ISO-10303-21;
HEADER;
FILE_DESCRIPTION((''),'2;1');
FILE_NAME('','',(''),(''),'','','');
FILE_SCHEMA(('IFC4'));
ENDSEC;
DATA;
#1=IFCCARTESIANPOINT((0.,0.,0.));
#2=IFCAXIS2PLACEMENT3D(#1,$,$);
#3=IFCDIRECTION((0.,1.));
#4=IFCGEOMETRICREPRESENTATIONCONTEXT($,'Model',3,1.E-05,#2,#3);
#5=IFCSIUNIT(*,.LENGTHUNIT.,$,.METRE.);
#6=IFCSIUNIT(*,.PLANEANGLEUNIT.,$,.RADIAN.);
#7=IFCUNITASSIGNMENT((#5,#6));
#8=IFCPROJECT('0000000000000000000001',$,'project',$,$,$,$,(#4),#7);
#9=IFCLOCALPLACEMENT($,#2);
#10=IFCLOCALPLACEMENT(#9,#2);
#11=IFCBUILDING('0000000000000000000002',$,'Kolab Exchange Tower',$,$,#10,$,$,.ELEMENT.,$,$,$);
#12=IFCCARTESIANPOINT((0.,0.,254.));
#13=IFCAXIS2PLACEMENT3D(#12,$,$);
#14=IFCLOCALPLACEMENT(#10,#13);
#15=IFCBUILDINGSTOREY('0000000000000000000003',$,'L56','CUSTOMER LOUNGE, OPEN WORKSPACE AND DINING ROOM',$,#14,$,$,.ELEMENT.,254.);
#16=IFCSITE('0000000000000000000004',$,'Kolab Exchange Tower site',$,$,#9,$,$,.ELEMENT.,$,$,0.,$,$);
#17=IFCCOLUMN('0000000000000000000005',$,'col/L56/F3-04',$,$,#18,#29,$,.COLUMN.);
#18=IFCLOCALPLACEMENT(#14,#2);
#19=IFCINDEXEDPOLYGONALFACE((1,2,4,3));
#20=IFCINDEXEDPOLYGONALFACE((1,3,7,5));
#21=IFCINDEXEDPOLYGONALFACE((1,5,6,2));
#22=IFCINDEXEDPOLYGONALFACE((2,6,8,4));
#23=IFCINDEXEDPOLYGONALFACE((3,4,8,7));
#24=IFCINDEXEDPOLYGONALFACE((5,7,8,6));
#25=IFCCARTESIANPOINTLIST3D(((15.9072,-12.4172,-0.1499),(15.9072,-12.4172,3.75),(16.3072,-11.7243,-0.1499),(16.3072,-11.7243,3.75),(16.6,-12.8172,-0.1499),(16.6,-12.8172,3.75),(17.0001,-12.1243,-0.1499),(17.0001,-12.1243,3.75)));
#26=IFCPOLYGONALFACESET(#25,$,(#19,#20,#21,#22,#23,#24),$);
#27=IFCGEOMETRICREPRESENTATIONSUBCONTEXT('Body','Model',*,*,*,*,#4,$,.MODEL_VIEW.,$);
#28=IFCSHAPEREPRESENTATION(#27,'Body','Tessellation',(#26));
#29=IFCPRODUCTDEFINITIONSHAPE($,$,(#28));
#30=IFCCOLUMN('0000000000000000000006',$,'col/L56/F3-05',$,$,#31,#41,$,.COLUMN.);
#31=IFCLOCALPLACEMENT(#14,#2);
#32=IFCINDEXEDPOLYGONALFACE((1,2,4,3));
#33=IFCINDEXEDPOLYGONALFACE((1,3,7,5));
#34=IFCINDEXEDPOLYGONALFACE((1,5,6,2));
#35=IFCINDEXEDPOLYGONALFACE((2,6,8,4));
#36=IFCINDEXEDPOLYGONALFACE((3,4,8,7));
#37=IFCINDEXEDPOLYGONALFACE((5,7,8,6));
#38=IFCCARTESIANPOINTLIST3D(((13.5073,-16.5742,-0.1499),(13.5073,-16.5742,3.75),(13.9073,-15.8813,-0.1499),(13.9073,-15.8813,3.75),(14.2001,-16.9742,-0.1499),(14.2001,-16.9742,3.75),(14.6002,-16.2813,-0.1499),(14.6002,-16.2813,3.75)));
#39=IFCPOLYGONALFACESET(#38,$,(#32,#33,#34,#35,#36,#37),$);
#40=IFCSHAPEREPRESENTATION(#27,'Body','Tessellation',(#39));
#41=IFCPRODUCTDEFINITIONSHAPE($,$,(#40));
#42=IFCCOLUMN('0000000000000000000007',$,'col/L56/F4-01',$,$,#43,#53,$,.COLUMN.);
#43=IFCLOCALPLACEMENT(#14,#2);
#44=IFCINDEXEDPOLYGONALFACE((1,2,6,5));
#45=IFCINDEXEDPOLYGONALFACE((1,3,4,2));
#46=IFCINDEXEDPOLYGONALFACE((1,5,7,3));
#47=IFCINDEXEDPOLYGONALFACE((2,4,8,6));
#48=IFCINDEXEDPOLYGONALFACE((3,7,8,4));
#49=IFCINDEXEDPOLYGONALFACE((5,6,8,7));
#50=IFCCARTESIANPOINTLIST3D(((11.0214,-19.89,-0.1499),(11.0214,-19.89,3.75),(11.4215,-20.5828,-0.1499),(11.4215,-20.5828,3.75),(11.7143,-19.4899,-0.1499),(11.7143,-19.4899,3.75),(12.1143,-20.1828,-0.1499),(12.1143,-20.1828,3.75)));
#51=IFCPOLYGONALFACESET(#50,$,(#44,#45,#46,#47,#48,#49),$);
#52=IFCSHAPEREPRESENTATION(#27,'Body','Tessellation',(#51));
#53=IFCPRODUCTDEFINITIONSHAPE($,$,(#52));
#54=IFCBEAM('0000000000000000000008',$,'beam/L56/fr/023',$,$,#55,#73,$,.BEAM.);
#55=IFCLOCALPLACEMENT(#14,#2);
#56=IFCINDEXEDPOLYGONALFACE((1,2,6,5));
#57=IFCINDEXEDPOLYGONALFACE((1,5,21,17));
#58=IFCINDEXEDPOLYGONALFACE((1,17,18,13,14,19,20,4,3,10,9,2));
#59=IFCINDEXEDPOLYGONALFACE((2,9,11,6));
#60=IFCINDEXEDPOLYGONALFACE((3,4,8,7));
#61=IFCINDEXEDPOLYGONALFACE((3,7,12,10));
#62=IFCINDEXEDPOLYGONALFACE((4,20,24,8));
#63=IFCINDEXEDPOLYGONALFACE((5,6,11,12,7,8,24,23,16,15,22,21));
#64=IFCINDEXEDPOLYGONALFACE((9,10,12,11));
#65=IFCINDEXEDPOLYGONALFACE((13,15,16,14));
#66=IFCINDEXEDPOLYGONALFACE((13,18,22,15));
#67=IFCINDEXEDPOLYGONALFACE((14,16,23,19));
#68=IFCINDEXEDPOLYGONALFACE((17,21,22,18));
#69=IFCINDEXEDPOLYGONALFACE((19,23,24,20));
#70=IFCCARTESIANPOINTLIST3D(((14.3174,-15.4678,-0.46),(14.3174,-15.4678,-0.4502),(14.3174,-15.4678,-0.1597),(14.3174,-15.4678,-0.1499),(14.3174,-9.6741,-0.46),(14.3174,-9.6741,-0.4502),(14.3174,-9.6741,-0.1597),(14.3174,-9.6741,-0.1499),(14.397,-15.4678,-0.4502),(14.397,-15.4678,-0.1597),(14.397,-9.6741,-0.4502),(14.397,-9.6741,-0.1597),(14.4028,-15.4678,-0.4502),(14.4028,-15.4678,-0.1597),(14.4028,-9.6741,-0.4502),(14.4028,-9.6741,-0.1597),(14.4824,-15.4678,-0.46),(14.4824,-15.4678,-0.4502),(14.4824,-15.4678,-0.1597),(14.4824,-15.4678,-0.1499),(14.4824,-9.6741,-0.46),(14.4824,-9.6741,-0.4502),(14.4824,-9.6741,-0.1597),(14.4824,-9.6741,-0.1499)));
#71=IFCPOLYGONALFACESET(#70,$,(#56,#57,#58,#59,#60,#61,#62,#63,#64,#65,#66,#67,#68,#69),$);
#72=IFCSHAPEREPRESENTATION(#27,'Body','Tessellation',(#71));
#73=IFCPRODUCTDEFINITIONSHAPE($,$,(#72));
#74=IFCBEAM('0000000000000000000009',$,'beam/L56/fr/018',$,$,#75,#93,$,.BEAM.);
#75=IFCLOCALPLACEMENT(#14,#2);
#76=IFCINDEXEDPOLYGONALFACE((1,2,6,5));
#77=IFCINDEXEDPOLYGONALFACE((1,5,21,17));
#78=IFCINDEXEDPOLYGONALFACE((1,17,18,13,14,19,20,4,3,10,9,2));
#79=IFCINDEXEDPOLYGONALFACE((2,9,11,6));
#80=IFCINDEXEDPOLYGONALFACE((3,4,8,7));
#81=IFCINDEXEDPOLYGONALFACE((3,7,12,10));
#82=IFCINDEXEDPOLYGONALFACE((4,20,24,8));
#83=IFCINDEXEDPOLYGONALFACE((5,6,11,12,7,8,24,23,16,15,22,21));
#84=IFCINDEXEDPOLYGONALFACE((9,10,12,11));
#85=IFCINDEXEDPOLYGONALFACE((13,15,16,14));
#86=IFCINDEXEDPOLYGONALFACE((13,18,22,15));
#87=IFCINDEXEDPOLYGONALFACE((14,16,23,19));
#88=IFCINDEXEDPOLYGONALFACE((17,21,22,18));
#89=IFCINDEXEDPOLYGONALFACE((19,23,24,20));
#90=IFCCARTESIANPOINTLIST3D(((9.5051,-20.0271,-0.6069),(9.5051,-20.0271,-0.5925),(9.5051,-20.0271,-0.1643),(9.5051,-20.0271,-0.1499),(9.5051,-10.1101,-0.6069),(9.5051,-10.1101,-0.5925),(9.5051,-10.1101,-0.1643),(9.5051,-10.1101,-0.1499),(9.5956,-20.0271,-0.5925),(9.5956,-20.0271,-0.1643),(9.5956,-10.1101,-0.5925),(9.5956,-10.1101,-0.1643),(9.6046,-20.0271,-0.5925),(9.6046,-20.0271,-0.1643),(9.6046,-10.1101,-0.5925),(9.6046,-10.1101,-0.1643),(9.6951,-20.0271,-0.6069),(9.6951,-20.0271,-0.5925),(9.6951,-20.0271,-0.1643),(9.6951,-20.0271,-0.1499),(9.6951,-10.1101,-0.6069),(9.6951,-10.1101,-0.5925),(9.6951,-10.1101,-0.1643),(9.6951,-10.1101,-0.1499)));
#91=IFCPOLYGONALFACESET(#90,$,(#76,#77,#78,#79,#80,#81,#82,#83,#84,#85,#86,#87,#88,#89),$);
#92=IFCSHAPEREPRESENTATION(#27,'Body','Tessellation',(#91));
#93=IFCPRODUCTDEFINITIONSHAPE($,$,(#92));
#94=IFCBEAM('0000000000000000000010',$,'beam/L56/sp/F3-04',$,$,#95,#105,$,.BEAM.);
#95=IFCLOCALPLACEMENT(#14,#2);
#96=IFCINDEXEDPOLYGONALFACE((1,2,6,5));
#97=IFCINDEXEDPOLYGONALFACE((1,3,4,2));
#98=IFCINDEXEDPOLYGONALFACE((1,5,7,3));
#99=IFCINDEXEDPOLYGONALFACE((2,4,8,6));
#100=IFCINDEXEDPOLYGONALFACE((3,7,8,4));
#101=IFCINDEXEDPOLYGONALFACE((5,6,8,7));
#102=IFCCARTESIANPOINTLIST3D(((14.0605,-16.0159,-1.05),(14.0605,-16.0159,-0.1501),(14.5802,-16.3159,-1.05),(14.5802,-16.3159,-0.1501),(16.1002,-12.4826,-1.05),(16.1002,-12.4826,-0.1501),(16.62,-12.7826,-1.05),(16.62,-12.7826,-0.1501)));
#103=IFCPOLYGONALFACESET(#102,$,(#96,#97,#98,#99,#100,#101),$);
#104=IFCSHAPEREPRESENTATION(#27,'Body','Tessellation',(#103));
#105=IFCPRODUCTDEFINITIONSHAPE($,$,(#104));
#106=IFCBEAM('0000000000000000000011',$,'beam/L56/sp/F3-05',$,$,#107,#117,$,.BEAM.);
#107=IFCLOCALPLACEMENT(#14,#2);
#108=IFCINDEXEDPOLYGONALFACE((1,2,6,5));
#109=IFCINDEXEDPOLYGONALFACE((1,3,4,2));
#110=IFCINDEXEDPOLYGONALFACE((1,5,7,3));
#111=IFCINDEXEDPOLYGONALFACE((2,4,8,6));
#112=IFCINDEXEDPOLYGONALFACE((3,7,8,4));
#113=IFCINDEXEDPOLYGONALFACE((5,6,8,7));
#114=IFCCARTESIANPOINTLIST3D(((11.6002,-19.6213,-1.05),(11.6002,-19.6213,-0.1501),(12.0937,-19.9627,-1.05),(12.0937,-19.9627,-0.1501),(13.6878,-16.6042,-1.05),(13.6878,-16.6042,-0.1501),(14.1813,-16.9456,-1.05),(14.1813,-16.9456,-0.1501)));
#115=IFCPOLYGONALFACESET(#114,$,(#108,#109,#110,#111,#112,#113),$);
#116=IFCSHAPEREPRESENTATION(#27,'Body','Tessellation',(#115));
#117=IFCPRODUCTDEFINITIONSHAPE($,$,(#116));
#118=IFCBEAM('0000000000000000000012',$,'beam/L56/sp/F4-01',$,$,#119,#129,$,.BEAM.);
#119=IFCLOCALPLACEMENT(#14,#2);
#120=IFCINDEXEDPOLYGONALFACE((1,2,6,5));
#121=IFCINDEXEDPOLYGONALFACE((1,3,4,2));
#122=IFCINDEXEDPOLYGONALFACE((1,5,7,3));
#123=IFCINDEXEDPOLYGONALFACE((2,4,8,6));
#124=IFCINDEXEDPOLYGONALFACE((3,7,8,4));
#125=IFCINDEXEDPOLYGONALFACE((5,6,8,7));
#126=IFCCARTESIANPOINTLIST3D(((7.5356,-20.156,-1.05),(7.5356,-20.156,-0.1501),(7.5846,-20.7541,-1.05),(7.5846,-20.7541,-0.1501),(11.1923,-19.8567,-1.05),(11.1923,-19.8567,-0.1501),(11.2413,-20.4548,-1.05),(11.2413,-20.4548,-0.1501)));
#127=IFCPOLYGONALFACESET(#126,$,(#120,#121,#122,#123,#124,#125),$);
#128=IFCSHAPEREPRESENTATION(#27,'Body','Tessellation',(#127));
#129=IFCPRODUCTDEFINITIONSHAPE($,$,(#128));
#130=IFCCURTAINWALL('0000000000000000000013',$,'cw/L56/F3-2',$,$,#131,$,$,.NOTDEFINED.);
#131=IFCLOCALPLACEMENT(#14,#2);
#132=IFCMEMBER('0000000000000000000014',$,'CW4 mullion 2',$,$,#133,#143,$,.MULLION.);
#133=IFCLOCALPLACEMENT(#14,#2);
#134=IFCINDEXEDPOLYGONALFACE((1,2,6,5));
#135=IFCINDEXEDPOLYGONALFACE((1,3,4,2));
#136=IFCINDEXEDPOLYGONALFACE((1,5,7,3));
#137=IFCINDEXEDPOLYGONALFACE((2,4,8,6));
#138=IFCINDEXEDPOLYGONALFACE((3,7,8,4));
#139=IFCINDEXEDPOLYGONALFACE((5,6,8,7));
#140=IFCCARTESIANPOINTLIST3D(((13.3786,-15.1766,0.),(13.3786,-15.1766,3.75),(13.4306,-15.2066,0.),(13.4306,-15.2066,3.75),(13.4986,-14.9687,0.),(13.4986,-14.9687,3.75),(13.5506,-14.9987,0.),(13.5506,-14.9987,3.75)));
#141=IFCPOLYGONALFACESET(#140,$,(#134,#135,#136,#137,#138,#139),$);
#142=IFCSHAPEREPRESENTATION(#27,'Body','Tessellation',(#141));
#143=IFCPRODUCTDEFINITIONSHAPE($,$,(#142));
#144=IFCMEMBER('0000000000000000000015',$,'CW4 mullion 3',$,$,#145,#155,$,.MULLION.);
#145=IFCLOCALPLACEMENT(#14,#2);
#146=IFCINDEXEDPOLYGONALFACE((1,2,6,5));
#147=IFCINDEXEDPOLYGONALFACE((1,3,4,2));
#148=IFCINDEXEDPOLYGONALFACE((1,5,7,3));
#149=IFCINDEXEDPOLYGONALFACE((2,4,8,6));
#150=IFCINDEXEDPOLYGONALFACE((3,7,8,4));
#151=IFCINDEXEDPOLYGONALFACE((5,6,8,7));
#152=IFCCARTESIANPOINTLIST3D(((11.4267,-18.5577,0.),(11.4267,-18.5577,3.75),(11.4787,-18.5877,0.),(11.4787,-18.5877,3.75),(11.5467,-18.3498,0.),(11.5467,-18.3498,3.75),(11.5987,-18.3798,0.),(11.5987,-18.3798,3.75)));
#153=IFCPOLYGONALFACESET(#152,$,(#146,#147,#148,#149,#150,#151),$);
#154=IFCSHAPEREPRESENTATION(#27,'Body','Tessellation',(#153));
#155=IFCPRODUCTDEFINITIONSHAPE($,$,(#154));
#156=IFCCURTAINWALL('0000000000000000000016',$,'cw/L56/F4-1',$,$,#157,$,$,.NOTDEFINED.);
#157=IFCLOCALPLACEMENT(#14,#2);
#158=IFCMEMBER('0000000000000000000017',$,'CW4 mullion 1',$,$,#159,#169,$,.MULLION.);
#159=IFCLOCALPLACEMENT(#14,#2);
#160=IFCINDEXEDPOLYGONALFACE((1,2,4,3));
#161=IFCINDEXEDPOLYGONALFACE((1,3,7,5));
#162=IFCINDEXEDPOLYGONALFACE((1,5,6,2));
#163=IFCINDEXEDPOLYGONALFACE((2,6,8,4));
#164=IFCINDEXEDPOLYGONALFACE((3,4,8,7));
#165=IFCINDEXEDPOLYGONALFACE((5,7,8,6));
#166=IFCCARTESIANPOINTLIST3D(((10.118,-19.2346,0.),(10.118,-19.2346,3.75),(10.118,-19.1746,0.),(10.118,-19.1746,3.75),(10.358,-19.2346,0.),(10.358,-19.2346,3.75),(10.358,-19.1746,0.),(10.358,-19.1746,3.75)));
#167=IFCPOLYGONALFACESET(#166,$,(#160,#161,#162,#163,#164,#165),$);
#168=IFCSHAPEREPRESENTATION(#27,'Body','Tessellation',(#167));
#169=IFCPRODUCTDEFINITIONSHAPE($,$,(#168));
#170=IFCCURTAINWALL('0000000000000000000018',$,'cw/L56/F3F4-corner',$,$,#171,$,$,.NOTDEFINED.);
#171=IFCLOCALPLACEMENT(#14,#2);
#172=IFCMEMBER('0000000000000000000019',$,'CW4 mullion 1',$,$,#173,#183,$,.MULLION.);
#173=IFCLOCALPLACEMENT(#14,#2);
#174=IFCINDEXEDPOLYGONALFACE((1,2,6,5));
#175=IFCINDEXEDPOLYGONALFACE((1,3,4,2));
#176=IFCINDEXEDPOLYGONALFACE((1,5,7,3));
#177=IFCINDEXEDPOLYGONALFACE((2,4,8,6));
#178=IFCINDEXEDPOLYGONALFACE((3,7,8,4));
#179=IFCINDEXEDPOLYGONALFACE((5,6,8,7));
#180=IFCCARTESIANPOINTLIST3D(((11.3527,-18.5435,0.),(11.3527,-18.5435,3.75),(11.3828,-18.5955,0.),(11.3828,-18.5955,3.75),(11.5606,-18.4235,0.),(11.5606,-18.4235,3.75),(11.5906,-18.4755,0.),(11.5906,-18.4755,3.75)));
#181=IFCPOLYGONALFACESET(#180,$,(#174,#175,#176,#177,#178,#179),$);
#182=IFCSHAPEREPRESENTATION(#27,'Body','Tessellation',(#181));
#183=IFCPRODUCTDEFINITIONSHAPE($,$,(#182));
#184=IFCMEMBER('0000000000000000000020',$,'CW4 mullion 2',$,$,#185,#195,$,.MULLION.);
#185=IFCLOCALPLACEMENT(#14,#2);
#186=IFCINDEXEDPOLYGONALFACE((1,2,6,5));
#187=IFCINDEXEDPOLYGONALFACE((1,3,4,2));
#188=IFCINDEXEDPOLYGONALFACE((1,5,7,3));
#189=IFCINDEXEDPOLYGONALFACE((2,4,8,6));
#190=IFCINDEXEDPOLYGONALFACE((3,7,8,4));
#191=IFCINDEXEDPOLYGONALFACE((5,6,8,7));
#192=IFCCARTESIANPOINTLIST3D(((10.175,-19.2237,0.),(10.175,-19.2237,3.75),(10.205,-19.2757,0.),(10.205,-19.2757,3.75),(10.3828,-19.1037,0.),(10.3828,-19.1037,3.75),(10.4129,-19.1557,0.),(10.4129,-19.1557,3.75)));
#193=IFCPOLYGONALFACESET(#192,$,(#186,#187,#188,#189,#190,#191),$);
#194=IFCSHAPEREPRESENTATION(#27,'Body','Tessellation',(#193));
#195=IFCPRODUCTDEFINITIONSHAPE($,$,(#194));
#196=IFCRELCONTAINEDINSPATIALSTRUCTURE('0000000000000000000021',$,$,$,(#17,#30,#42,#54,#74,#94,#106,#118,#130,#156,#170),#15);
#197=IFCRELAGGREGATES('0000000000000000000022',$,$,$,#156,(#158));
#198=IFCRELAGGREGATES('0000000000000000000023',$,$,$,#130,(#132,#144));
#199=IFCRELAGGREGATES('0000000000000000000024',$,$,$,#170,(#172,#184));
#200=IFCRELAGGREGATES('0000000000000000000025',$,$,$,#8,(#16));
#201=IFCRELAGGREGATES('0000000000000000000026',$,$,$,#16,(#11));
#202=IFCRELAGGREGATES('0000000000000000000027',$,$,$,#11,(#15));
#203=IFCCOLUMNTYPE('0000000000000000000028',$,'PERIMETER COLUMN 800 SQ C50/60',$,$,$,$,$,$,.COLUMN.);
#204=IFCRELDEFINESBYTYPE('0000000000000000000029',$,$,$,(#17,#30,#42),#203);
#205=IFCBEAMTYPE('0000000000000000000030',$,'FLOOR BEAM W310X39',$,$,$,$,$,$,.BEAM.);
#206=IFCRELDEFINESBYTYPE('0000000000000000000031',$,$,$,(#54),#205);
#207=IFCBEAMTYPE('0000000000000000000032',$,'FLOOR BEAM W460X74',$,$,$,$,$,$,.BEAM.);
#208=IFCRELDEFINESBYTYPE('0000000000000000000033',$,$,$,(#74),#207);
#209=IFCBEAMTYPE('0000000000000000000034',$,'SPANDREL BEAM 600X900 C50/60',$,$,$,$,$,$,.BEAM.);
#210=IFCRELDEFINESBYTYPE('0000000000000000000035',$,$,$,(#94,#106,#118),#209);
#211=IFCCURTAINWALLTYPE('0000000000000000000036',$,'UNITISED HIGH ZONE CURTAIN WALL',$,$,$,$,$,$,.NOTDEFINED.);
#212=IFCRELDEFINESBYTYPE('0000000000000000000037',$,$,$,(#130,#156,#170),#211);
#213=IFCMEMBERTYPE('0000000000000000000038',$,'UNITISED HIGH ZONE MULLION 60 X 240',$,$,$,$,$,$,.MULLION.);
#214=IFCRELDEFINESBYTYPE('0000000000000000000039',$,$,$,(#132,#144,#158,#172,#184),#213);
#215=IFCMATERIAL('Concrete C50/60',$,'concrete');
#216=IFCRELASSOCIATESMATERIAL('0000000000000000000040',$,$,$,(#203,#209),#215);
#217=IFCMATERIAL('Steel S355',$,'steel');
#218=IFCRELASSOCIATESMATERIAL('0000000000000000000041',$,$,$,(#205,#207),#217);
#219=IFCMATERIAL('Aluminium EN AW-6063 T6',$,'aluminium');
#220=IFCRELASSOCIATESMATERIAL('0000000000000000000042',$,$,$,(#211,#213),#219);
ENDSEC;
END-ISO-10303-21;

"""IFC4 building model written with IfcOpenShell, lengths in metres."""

from ifc_helpers import new_model, si_unit, direction, frame, origin, origin_2d, place, context, subcontext, project, spatial, rectangle, i_section, extrude, material, material_profile, profile_set, type_object, element, aggregate, save


model = new_model("IFC4")

# Units and contexts
model_context = context("Model", 3, precision=1e-05, world=origin(), true_north=direction((0.0, 1.0)))
body_context = subcontext(model_context, "Body", "Model", "MODEL_VIEW")
ifc_project = project(units=[si_unit("LENGTHUNIT", "METRE"), si_unit("PLANEANGLEUNIT", "RADIAN")], contexts=[model_context])

# Site, building, storey
site_placement = place(None, origin())
site = spatial("IfcSite", under=ifc_project, at=site_placement, Name="Kolab Exchange Tower site", CompositionType="ELEMENT", RefElevation=0.0)
building_placement = place(site_placement, origin())
building = spatial("IfcBuilding", under=site, at=building_placement, Name="Kolab Exchange Tower", CompositionType="ELEMENT")
storey_placement = place(building_placement, frame((0.0, 0.0, 254.0)))
storey = spatial("IfcBuildingStorey", under=building, at=storey_placement, Name="L56", Description="CUSTOMER LOUNGE, OPEN WORKSPACE AND DINING ROOM", CompositionType="ELEMENT", Elevation=254.0)

# Columns
ifc_material_1 = material(Name="Concrete C50/60", Category="concrete")
ifc_material_profile_1 = material_profile(ifc_material_1, rectangle(XDim=0.8, YDim=0.8, at=origin_2d()), Name="RC800")
ifc_profile_set_1 = profile_set([ifc_material_profile_1], Name="Concrete C50/60")
column_type = type_object("IfcColumnType", Name="PERIMETER COLUMN 800 SQ C50/60", PredefinedType="COLUMN", material=ifc_profile_set_1)
for number, where, z_axis, x_axis, name in (
    (1, (16.4536, -12.2708, -0.1499), (0.0, 0.0, 1.0), (0.5, 0.866025, 0.0), "col/L56/F3-04"),
    (2, (14.0537, -16.4277, -0.1499), (0.0, 0.0, 1.0), (0.5, 0.866025, 0.0), "col/L56/F3-05"),
    (3, (11.5679, -20.0364, -0.1499), (0.0, 0.0, 1.0), (0.866025, 0.5, 0.0), "col/L56/F4-01"),
):
    element("IfcColumn", number, at=place(storey_placement, frame(where, z_axis=z_axis, x_axis=x_axis)), inside=storey, type_object=column_type, Name=name, PredefinedType="COLUMN", context=body_context, shape_type="SweptSolid", body=[
        extrude(rectangle(XDim=0.8, YDim=0.8, at=origin_2d()), origin(), (0.0, 0.0, 1.0), 3.8999),
    ])

# Beams
ifc_material_2 = material(Name="Steel S355", Category="steel")
ifc_material_profile_2 = material_profile(ifc_material_2, i_section(OverallWidth=0.165, OverallDepth=0.3101, WebThickness=0.0059, FlangeThickness=0.0098, at=origin_2d()), Name="W310X39")
ifc_profile_set_2 = profile_set([ifc_material_profile_2], Name="Steel S355")
beam_type_1 = type_object("IfcBeamType", Name="FLOOR BEAM W310X39", PredefinedType="BEAM", material=ifc_profile_set_2)
beam_1_placement = place(storey_placement, frame((14.3999, -15.4678, -0.3049), z_axis=(0.0, 1.0, 0.0), x_axis=(-1.0, 0.0, 0.0)))
element("IfcBeam", 4, at=beam_1_placement, inside=storey, type_object=beam_type_1, Name="beam/L56/fr/023", PredefinedType="BEAM", context=body_context, shape_type="SweptSolid", body=[
    extrude(i_section(OverallWidth=0.165, OverallDepth=0.3101, WebThickness=0.0059, FlangeThickness=0.0098, at=origin_2d()), origin(), (0.0, 0.0, 1.0), 5.7937),
])
ifc_material_profile_3 = material_profile(ifc_material_2, i_section(OverallWidth=0.1899, OverallDepth=0.457, WebThickness=0.009, FlangeThickness=0.0144, at=origin_2d()), Name="W460X74")
ifc_profile_set_3 = profile_set([ifc_material_profile_3], Name="Steel S355")
beam_type_2 = type_object("IfcBeamType", Name="FLOOR BEAM W460X74", PredefinedType="BEAM", material=ifc_profile_set_3)
beam_2_placement = place(storey_placement, frame((9.6001, -20.0271, -0.3784), z_axis=(0.0, 1.0, 0.0), x_axis=(-1.0, 0.0, 0.0)))
element("IfcBeam", 5, at=beam_2_placement, inside=storey, type_object=beam_type_2, Name="beam/L56/fr/018", PredefinedType="BEAM", context=body_context, shape_type="SweptSolid", body=[
    extrude(i_section(OverallWidth=0.1899, OverallDepth=0.457, WebThickness=0.009, FlangeThickness=0.0144, at=origin_2d()), origin(), (0.0, 0.0, 1.0), 9.917),
])
ifc_material_profile_4 = material_profile(ifc_material_1, rectangle(XDim=0.6001, YDim=0.8999, at=origin_2d()), Name="RC600X900")
ifc_profile_set_4 = profile_set([ifc_material_profile_4], Name="Concrete C50/60")
beam_type_3 = type_object("IfcBeamType", Name="SPANDREL BEAM 600X900 C50/60", PredefinedType="BEAM", material=ifc_profile_set_4)
beam_3_placement = place(storey_placement, frame((16.3601, -12.6326, -0.6001), z_axis=(-0.499956, -0.866051, 0.0), x_axis=(0.866051, -0.499956, 0.0)))
element("IfcBeam", 6, at=beam_3_placement, inside=storey, type_object=beam_type_3, Name="beam/L56/sp/F3-04", PredefinedType="BEAM", context=body_context, shape_type="SweptSolid", body=[
    extrude(rectangle(XDim=0.6001, YDim=0.8999, at=origin_2d()), origin(), (0.0, 0.0, 1.0), 4.0798),
])
for number, where, z_axis, x_axis, name in (
    (7, (13.9346, -16.7749, -0.6001), (-0.569006, -0.822334, 0.0), (0.822334, -0.569006, 0.0), "beam/L56/sp/F3-05"),
    (8, (11.2168, -20.1558, -0.6001), (-0.996667, -0.081581, 0.0), (0.081581, -0.996667, 0.0), "beam/L56/sp/F4-01"),
):
    element("IfcBeam", number, at=place(storey_placement, frame(where, z_axis=z_axis, x_axis=x_axis)), inside=storey, type_object=beam_type_3, Name=name, PredefinedType="BEAM", context=body_context, shape_type="SweptSolid", body=[
        extrude(rectangle(XDim=0.6001, YDim=0.8999, at=origin_2d()), origin(), (0.0, 0.0, 1.0), 3.6689),
    ])

# Curtain wall, members
ifc_material_3 = material(Name="Aluminium EN AW-6063 T6", Category="aluminium")
curtain_wall_type = type_object("IfcCurtainWallType", Name="UNITISED HIGH ZONE CURTAIN WALL", PredefinedType="NOTDEFINED", material=ifc_material_3)
curtain_wall_1_placement = place(storey_placement, origin())
curtain_wall_1 = element("IfcCurtainWall", 9, at=curtain_wall_1_placement, inside=storey, type_object=curtain_wall_type, Name="cw/L56/F3-2", PredefinedType="NOTDEFINED")
ifc_material_profile_5 = material_profile(ifc_material_3, rectangle(XDim=0.0601, YDim=0.24, at=origin_2d()), Name="RECT 60X240")
ifc_profile_set_5 = profile_set([ifc_material_profile_5], Name="Aluminium EN AW-6063 T6")
member_type_1 = type_object("IfcMemberType", Name="UNITISED HIGH ZONE MULLION 60 X 240", PredefinedType="MULLION", material=ifc_profile_set_5)
member_1_placement = place(storey_placement, frame((13.4646, -15.0876, 0.0), z_axis=(0.0, 0.0, 1.0), x_axis=(0.866025, -0.5, 0.0)))
member_1 = element("IfcMember", 10, at=member_1_placement, type_object=member_type_1, Name="CW4 mullion 2", PredefinedType="MULLION", context=body_context, shape_type="SweptSolid", body=[
    extrude(rectangle(XDim=0.0601, YDim=0.24, at=origin_2d()), origin(), (0.0, 0.0, 1.0), 3.75),
])
member_2_placement = place(storey_placement, frame((11.5127, -18.4688, 0.0), z_axis=(0.0, 0.0, 1.0), x_axis=(0.866025, -0.5, 0.0)))
member_2 = element("IfcMember", 11, at=member_2_placement, type_object=member_type_1, Name="CW4 mullion 3", PredefinedType="MULLION", context=body_context, shape_type="SweptSolid", body=[
    extrude(rectangle(XDim=0.0601, YDim=0.24, at=origin_2d()), origin(), (0.0, 0.0, 1.0), 3.75),
])

# Curtain wall, member
curtain_wall_2_placement = place(storey_placement, origin())
curtain_wall_2 = element("IfcCurtainWall", 12, at=curtain_wall_2_placement, inside=storey, type_object=curtain_wall_type, Name="cw/L56/F4-1", PredefinedType="NOTDEFINED")
member_3_placement = place(storey_placement, frame((10.238, -19.2046, 0.0), z_axis=(0.0, 0.0, 1.0), x_axis=(0.0, -1.0, 0.0)))
member_3 = element("IfcMember", 13, at=member_3_placement, type_object=member_type_1, Name="CW4 mullion 1", PredefinedType="MULLION", context=body_context, shape_type="SweptSolid", body=[
    extrude(rectangle(XDim=0.0601, YDim=0.24, at=origin_2d()), origin(), (0.0, 0.0, 1.0), 3.75),
])

# Curtain wall, members
curtain_wall_3_placement = place(storey_placement, origin())
curtain_wall_3 = element("IfcCurtainWall", 14, at=curtain_wall_3_placement, inside=storey, type_object=curtain_wall_type, Name="cw/L56/F3F4-corner", PredefinedType="NOTDEFINED")
member_4_placement = place(storey_placement, frame((11.4717, -18.5095, 0.0), z_axis=(0.0, 0.0, 1.0), x_axis=(0.5, -0.866025, 0.0)))
member_4 = element("IfcMember", 15, at=member_4_placement, type_object=member_type_1, Name="CW4 mullion 1", PredefinedType="MULLION", context=body_context, shape_type="SweptSolid", body=[
    extrude(rectangle(XDim=0.0601, YDim=0.24, at=origin_2d()), origin(), (0.0, 0.0, 1.0), 3.75),
])
member_5_placement = place(storey_placement, frame((10.2939, -19.1897, 0.0), z_axis=(0.0, 0.0, 1.0), x_axis=(0.5, -0.866025, 0.0)))
member_5 = element("IfcMember", 16, at=member_5_placement, type_object=member_type_1, Name="CW4 mullion 2", PredefinedType="MULLION", context=body_context, shape_type="SweptSolid", body=[
    extrude(rectangle(XDim=0.0601, YDim=0.24, at=origin_2d()), origin(), (0.0, 0.0, 1.0), 3.75),
])

aggregate(curtain_wall_2, [member_3])

aggregate(curtain_wall_1, [member_1, member_2])
aggregate(curtain_wall_3, [member_4, member_5])

save(model, "model.ifc")
